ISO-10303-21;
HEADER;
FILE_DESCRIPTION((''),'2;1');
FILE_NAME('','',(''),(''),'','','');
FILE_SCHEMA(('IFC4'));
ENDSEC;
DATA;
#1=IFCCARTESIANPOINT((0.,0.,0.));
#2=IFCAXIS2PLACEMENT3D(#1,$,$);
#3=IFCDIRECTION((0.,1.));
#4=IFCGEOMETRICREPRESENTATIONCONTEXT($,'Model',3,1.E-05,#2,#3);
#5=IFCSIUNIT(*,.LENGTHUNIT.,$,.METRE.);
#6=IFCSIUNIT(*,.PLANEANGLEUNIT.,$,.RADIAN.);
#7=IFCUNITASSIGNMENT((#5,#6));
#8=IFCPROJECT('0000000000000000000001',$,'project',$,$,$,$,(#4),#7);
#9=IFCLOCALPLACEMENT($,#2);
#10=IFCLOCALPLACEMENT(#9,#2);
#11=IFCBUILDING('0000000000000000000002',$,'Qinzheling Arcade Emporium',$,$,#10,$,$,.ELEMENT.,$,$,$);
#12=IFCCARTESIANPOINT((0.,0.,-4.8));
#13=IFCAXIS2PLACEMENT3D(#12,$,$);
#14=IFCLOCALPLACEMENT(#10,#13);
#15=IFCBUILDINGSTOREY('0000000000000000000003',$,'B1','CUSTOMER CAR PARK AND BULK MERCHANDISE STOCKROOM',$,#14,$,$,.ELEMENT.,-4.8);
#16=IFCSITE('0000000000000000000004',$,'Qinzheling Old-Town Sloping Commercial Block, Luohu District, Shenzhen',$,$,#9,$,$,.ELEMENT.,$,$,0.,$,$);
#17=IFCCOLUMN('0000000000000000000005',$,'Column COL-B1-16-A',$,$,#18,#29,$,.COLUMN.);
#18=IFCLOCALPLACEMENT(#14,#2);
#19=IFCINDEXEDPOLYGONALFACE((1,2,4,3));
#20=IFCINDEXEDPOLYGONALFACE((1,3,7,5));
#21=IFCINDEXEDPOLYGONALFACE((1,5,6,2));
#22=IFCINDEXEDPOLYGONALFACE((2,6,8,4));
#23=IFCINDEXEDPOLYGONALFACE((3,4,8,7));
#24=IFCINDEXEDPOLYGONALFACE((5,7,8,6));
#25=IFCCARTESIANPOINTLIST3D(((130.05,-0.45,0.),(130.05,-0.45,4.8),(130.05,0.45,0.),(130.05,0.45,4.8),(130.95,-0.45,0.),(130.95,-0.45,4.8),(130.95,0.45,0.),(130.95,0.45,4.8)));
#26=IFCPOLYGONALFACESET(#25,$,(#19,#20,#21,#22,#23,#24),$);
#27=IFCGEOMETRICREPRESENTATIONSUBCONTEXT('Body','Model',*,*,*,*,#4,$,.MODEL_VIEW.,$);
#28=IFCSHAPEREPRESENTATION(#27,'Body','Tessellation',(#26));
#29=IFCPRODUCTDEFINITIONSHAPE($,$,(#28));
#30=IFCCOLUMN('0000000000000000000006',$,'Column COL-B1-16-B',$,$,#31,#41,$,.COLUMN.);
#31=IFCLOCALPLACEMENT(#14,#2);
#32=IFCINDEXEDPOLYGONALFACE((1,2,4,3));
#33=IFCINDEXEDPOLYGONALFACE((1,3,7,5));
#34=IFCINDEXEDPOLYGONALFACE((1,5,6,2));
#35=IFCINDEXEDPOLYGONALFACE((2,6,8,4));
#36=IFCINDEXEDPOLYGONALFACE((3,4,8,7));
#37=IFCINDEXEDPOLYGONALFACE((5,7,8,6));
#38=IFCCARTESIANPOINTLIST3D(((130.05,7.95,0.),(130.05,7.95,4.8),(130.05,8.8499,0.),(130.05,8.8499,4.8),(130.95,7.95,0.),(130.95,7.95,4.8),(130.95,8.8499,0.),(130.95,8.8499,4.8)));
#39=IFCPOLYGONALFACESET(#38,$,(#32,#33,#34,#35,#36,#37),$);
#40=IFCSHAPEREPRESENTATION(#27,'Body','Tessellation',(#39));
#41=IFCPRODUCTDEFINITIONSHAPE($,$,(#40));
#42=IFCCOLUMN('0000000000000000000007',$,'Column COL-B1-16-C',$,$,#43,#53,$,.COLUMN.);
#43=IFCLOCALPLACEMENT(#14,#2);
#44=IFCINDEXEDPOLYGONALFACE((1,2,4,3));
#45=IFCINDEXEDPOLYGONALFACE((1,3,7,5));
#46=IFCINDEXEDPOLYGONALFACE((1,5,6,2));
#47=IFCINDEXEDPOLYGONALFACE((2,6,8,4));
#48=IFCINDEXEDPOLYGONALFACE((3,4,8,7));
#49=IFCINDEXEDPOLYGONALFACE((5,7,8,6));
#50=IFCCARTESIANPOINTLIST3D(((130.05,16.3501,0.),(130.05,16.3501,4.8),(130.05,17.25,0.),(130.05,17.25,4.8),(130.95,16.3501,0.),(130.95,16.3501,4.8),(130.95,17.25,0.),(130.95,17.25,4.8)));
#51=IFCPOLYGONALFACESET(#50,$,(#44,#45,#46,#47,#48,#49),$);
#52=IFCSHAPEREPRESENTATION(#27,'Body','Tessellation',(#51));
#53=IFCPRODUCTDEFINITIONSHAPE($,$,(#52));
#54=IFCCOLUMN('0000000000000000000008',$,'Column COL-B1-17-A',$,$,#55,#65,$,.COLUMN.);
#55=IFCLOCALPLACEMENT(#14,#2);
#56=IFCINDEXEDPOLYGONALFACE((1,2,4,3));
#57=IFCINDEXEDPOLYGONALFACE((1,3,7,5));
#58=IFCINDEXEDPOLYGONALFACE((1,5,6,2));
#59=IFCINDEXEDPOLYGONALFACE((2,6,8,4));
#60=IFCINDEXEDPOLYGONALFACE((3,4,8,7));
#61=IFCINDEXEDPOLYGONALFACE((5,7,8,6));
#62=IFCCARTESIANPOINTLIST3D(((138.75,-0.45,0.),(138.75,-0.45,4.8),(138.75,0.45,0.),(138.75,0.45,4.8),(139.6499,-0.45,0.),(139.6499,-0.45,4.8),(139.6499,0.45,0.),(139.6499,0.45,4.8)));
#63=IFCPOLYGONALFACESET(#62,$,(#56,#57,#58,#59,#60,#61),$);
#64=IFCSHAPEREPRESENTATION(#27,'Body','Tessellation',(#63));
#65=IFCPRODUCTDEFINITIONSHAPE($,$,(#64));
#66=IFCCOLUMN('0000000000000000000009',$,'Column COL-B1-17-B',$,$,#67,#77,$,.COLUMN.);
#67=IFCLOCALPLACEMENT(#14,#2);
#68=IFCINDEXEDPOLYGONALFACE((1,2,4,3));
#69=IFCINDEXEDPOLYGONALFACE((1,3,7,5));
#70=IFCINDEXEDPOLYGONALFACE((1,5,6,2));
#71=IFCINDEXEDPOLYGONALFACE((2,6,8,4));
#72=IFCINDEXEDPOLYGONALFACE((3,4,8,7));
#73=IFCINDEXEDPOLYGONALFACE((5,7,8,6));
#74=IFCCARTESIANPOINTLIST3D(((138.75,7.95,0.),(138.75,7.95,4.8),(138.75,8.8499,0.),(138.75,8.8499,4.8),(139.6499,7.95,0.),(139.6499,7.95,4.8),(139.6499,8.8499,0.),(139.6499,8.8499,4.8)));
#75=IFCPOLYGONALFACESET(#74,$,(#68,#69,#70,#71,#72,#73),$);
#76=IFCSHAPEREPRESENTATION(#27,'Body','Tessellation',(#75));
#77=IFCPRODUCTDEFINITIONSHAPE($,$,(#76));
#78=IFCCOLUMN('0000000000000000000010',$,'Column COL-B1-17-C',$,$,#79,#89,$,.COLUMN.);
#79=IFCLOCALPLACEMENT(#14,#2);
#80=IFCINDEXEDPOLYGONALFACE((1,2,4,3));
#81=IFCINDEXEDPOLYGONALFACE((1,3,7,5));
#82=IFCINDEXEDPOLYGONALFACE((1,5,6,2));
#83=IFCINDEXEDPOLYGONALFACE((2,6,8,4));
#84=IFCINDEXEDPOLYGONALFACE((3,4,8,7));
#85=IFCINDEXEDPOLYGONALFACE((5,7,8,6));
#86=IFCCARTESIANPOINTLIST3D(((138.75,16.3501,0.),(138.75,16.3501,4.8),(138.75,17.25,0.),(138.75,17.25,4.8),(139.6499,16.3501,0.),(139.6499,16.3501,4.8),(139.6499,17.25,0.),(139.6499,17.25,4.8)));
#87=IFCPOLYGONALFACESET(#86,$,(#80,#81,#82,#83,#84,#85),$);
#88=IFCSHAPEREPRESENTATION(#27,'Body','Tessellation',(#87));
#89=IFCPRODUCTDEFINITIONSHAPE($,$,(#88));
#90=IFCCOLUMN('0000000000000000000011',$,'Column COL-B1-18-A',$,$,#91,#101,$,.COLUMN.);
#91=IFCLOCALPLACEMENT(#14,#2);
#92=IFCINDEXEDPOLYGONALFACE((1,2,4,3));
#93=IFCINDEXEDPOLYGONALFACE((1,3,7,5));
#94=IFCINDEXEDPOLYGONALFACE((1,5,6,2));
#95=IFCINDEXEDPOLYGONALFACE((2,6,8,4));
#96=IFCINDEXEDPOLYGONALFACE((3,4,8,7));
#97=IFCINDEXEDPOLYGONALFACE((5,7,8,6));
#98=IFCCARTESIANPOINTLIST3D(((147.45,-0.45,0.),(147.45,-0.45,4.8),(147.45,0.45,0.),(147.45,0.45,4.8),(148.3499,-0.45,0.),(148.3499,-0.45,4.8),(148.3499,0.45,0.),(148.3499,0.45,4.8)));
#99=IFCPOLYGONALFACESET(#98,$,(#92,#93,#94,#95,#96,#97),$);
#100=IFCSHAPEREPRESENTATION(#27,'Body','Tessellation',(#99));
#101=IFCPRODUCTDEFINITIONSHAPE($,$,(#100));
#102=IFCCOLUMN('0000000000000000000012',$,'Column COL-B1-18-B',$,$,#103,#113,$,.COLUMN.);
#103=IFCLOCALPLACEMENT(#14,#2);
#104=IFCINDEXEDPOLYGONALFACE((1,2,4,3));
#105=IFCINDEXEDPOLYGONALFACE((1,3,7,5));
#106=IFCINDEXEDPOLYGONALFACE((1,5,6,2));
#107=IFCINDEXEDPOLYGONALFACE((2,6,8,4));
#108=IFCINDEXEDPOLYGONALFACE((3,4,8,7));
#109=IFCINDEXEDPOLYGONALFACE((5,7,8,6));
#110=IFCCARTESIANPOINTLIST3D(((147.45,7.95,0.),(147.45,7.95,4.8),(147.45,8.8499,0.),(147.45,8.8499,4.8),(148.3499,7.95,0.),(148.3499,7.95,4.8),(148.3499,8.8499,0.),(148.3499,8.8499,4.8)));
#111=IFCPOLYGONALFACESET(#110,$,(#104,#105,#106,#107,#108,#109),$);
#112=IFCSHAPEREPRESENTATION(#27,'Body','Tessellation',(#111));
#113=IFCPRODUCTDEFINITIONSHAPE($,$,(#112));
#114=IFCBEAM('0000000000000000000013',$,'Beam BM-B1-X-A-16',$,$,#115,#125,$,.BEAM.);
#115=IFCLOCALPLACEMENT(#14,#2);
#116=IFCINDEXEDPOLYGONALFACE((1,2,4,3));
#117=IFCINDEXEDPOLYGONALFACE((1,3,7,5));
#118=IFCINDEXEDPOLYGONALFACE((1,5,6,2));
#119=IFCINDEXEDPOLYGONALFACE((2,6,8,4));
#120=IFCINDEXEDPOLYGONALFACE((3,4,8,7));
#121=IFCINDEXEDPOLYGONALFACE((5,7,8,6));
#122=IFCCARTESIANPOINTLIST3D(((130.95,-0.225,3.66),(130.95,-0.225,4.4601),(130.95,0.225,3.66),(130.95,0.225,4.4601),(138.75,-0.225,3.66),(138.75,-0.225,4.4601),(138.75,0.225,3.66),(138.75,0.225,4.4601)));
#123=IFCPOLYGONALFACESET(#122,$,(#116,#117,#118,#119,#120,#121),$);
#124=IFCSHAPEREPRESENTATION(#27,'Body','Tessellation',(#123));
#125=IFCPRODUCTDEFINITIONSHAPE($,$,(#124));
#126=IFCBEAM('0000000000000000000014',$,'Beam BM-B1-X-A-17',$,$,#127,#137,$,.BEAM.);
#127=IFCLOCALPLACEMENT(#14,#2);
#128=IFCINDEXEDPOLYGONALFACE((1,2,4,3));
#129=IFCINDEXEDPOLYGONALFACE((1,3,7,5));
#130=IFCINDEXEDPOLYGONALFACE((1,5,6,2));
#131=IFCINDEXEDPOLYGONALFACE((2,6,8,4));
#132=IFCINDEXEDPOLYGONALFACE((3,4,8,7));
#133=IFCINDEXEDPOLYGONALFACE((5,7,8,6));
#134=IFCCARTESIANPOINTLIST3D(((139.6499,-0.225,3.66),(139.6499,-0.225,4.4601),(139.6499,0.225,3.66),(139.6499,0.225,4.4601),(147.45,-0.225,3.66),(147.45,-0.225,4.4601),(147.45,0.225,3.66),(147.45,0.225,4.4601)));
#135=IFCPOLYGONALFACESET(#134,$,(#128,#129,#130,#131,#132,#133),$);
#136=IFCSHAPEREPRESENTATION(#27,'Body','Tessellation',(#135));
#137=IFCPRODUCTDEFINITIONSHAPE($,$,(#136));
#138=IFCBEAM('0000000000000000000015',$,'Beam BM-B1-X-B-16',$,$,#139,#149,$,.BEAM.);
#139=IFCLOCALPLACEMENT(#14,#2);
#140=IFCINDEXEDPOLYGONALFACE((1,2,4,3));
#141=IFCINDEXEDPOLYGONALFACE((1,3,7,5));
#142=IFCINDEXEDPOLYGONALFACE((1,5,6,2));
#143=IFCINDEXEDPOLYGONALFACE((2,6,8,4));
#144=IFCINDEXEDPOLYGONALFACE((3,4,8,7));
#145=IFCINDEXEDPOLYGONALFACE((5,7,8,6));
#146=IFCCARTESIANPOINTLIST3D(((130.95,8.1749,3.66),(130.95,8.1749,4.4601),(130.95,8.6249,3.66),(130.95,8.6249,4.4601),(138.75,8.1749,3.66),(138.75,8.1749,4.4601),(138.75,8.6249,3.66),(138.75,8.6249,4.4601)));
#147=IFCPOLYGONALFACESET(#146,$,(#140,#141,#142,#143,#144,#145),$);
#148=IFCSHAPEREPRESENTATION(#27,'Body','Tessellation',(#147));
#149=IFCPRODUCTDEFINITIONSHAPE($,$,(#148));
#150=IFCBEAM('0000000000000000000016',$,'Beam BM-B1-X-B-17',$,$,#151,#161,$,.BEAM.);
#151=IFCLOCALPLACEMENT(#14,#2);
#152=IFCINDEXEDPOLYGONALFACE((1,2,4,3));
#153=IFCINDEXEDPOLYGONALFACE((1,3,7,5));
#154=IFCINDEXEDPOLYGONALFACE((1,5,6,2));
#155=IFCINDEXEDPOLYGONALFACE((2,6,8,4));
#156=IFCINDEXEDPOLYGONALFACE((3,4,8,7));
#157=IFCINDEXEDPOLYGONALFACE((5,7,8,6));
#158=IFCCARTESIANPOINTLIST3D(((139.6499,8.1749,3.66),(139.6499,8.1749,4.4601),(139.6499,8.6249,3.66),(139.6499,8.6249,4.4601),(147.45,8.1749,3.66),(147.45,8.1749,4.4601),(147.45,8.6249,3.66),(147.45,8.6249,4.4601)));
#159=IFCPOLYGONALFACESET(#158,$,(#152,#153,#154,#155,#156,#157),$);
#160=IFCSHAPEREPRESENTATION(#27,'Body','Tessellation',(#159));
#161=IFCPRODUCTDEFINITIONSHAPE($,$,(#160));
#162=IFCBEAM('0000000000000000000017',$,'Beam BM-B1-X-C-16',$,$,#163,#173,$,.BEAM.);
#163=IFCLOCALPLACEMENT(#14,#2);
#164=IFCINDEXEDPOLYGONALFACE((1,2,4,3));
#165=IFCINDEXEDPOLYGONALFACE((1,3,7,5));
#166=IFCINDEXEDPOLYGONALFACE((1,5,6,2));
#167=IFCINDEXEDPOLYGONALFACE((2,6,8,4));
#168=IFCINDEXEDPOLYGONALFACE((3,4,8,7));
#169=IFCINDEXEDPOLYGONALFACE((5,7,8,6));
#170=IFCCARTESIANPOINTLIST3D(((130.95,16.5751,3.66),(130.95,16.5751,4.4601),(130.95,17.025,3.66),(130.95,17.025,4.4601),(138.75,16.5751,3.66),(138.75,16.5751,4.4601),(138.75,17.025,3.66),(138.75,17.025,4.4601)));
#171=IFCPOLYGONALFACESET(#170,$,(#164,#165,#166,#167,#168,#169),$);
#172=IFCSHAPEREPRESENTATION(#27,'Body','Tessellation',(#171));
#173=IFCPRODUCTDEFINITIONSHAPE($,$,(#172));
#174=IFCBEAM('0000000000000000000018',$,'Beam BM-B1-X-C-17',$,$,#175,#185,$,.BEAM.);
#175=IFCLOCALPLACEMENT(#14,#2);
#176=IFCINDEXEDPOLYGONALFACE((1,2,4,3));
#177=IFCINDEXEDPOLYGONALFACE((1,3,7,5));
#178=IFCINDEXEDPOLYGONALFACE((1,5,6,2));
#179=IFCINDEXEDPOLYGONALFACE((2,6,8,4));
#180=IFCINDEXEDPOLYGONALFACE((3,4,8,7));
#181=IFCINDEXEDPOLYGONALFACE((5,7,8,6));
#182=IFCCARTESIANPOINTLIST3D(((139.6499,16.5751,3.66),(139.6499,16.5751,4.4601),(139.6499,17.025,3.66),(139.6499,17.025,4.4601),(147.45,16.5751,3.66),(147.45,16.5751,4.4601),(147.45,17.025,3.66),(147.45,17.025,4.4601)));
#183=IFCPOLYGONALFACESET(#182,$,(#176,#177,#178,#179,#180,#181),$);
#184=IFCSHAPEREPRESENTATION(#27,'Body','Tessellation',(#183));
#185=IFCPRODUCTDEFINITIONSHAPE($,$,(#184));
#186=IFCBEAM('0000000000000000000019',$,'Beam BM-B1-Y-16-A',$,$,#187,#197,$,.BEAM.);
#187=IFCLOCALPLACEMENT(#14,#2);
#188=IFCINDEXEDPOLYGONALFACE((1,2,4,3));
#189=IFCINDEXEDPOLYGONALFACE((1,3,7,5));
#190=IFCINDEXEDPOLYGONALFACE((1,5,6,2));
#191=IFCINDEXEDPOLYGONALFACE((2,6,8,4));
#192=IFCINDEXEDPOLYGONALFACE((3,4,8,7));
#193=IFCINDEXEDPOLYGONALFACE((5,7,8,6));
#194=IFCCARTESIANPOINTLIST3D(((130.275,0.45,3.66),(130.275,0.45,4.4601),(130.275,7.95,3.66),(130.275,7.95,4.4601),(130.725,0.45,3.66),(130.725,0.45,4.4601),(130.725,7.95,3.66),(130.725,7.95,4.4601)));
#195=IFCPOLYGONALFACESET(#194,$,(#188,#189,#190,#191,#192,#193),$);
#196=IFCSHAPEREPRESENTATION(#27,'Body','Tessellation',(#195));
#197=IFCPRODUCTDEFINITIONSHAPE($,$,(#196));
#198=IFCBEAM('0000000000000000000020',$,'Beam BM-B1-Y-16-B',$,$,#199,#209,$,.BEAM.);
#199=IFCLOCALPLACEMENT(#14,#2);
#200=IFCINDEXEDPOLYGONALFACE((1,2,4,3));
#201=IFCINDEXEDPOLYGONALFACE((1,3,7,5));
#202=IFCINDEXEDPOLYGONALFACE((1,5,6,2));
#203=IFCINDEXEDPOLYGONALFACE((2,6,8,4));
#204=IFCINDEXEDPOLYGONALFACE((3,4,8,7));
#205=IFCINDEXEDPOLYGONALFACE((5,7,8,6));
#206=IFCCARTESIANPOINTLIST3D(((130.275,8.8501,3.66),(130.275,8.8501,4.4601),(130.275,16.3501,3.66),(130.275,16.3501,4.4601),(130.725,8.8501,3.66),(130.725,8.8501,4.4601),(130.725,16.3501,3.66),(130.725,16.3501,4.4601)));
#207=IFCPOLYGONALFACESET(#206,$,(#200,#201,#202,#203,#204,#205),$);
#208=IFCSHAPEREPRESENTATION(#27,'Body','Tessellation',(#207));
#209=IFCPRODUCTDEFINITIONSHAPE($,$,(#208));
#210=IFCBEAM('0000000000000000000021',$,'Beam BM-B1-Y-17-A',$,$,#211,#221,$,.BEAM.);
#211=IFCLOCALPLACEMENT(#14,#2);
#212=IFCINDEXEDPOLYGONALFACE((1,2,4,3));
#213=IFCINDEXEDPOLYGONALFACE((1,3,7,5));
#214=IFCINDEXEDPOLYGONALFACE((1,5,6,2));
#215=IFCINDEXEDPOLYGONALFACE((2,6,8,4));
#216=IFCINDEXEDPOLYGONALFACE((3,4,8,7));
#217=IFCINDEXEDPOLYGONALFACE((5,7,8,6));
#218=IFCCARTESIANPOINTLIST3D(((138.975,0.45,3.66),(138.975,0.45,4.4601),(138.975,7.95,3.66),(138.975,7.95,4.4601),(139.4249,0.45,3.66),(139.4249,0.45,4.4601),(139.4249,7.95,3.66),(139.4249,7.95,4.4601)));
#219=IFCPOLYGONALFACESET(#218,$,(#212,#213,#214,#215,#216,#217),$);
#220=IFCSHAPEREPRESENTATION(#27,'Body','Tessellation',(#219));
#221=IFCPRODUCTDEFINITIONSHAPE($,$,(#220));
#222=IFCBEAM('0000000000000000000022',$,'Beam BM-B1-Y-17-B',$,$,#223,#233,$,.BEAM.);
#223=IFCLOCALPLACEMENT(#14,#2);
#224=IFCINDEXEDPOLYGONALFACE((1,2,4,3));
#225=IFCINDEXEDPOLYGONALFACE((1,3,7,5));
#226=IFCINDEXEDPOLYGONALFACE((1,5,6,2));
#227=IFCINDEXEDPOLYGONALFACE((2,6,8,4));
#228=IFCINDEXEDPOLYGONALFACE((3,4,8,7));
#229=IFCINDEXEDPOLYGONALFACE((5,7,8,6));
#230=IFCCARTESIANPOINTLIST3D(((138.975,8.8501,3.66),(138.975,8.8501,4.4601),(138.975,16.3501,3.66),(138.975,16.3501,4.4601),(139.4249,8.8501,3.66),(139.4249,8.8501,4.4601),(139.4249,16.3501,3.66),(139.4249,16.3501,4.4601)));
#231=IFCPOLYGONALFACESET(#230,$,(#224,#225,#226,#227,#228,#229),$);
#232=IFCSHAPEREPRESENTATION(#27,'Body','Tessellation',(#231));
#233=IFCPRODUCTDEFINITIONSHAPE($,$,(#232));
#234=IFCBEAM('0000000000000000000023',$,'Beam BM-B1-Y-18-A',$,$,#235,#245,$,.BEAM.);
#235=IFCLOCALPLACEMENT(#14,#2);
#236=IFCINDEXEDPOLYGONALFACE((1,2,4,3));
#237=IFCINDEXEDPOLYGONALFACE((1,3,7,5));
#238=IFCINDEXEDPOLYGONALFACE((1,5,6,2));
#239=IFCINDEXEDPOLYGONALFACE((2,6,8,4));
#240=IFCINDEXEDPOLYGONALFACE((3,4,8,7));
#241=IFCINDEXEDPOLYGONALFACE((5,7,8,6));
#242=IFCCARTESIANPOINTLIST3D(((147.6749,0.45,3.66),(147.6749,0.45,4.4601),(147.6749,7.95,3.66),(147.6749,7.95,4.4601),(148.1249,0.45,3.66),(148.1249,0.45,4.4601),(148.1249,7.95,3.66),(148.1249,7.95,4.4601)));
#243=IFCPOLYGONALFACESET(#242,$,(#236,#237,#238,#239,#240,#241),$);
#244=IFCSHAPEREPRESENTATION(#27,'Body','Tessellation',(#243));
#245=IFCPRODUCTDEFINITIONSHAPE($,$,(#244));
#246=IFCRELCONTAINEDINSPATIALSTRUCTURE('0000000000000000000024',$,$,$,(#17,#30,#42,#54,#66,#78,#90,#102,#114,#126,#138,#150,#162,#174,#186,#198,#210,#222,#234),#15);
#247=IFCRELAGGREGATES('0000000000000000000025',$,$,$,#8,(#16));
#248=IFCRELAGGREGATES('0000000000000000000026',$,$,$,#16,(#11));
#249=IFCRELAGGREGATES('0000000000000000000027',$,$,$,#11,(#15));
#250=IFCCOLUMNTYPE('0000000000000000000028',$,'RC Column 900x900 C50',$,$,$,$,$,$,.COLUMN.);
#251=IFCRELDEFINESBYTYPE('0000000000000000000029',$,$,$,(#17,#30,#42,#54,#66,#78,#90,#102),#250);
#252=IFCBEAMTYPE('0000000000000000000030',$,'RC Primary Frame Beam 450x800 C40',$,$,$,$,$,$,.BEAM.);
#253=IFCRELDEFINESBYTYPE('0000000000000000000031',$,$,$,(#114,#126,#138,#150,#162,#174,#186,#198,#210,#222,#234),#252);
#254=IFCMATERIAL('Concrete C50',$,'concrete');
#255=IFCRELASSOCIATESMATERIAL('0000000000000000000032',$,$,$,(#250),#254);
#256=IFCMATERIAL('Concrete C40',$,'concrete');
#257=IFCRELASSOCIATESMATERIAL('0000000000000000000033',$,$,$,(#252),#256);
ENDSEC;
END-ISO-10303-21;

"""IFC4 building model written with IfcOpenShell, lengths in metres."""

from ifc_helpers import new_model, si_unit, direction, frame, origin, origin_2d, place, context, subcontext, project, spatial, rectangle, extrude, material, material_profile, profile_set, type_object, element, save


model = new_model("IFC4")

# Units and contexts
model_context = context("Model", 3, precision=1e-05, world=origin(), true_north=direction((0.0, 1.0)))
body_context = subcontext(model_context, "Body", "Model", "MODEL_VIEW")
ifc_project = project(units=[si_unit("LENGTHUNIT", "METRE"), si_unit("PLANEANGLEUNIT", "RADIAN")], contexts=[model_context])

# Site, building, storey
site_placement = place(None, origin())
site = spatial("IfcSite", under=ifc_project, at=site_placement, Name="Qinzheling Old-Town Sloping Commercial Block, Luohu District, Shenzhen", CompositionType="ELEMENT", RefElevation=0.0)
building_placement = place(site_placement, origin())
building = spatial("IfcBuilding", under=site, at=building_placement, Name="Qinzheling Arcade Emporium", CompositionType="ELEMENT")
storey_placement = place(building_placement, frame((0.0, 0.0, -4.8)))
storey = spatial("IfcBuildingStorey", under=building, at=storey_placement, Name="B1", Description="CUSTOMER CAR PARK AND BULK MERCHANDISE STOCKROOM", CompositionType="ELEMENT", Elevation=-4.8)

# Columns
ifc_material_1 = material(Name="Concrete C50", Category="concrete")
ifc_material_profile_1 = material_profile(ifc_material_1, rectangle(XDim=0.8999, YDim=0.8999, at=origin_2d()), Name="RC 900x900", Category="concrete")
ifc_profile_set_1 = profile_set([ifc_material_profile_1], Name="Concrete C50")
column_type = type_object("IfcColumnType", Name="RC Column 900x900 C50", PredefinedType="COLUMN", material=ifc_profile_set_1)
for number, where, z_axis, x_axis, name in (
    (1, (130.5, 0.0, 0.0), (0.0, 0.0, 1.0), (1.0, 0.0, 0.0), "Column COL-B1-16-A"),
    (2, (130.5, 8.3999, 0.0), (0.0, 0.0, 1.0), (1.0, 0.0, 0.0), "Column COL-B1-16-B"),
    (3, (130.5, 16.8, 0.0), (0.0, 0.0, 1.0), (1.0, 0.0, 0.0), "Column COL-B1-16-C"),
    (4, (139.2, 0.0, 0.0), (0.0, 0.0, 1.0), (1.0, 0.0, 0.0), "Column COL-B1-17-A"),
    (5, (139.2, 8.3999, 0.0), (0.0, 0.0, 1.0), (1.0, 0.0, 0.0), "Column COL-B1-17-B"),
    (6, (139.2, 16.8, 0.0), (0.0, 0.0, 1.0), (1.0, 0.0, 0.0), "Column COL-B1-17-C"),
    (7, (147.8999, 0.0, 0.0), (0.0, 0.0, 1.0), (1.0, 0.0, 0.0), "Column COL-B1-18-A"),
    (8, (147.8999, 8.3999, 0.0), (0.0, 0.0, 1.0), (1.0, 0.0, 0.0), "Column COL-B1-18-B"),
):
    element("IfcColumn", number, at=place(storey_placement, frame(where, z_axis=z_axis, x_axis=x_axis)), inside=storey, type_object=column_type, Name=name, PredefinedType="COLUMN", context=body_context, shape_type="SweptSolid", body=[
        extrude(rectangle(XDim=0.8999, YDim=0.8999, at=origin_2d()), origin(), (0.0, 0.0, 1.0), 4.8),
    ])

# Beams
ifc_material_2 = material(Name="Concrete C40", Category="concrete")
ifc_material_profile_2 = material_profile(ifc_material_2, rectangle(XDim=0.45, YDim=0.8, at=origin_2d()), Name="RC 450x800", Category="concrete")
ifc_profile_set_2 = profile_set([ifc_material_profile_2], Name="Concrete C40")
beam_type = type_object("IfcBeamType", Name="RC Primary Frame Beam 450x800 C40", PredefinedType="BEAM", material=ifc_profile_set_2)
for number, where, z_axis, x_axis, name in (
    (9, (130.95, 0.0, 4.0601), (1.0, 0.0, 0.0), (0.0, 1.0, 0.0), "Beam BM-B1-X-A-16"),
    (10, (139.6499, 0.0, 4.0601), (1.0, 0.0, 0.0), (0.0, 1.0, 0.0), "Beam BM-B1-X-A-17"),
    (11, (130.95, 8.3999, 4.0601), (1.0, 0.0, 0.0), (0.0, 1.0, 0.0), "Beam BM-B1-X-B-16"),
    (12, (139.6499, 8.3999, 4.0601), (1.0, 0.0, 0.0), (0.0, 1.0, 0.0), "Beam BM-B1-X-B-17"),
    (13, (130.95, 16.8, 4.0601), (1.0, 0.0, 0.0), (0.0, 1.0, 0.0), "Beam BM-B1-X-C-16"),
    (14, (139.6499, 16.8, 4.0601), (1.0, 0.0, 0.0), (0.0, 1.0, 0.0), "Beam BM-B1-X-C-17"),
):
    element("IfcBeam", number, at=place(storey_placement, frame(where, z_axis=z_axis, x_axis=x_axis)), inside=storey, type_object=beam_type, Name=name, PredefinedType="BEAM", context=body_context, shape_type="SweptSolid", body=[
        extrude(rectangle(XDim=0.45, YDim=0.8, at=origin_2d()), origin(), (0.0, 0.0, 1.0), 7.8),
    ])
for number, where, z_axis, x_axis, name in (
    (15, (130.5, 0.45, 4.0601), (0.0, 1.0, 0.0), (-1.0, 0.0, 0.0), "Beam BM-B1-Y-16-A"),
    (16, (130.5, 8.8501, 4.0601), (0.0, 1.0, 0.0), (-1.0, 0.0, 0.0), "Beam BM-B1-Y-16-B"),
    (17, (139.2, 0.45, 4.0601), (0.0, 1.0, 0.0), (-1.0, 0.0, 0.0), "Beam BM-B1-Y-17-A"),
    (18, (139.2, 8.8501, 4.0601), (0.0, 1.0, 0.0), (-1.0, 0.0, 0.0), "Beam BM-B1-Y-17-B"),
    (19, (147.8999, 0.45, 4.0601), (0.0, 1.0, 0.0), (-1.0, 0.0, 0.0), "Beam BM-B1-Y-18-A"),
):
    element("IfcBeam", number, at=place(storey_placement, frame(where, z_axis=z_axis, x_axis=x_axis)), inside=storey, type_object=beam_type, Name=name, PredefinedType="BEAM", context=body_context, shape_type="SweptSolid", body=[
        extrude(rectangle(XDim=0.45, YDim=0.8, at=origin_2d()), origin(), (0.0, 0.0, 1.0), 7.5),
    ])

save(model, "model.ifc")
